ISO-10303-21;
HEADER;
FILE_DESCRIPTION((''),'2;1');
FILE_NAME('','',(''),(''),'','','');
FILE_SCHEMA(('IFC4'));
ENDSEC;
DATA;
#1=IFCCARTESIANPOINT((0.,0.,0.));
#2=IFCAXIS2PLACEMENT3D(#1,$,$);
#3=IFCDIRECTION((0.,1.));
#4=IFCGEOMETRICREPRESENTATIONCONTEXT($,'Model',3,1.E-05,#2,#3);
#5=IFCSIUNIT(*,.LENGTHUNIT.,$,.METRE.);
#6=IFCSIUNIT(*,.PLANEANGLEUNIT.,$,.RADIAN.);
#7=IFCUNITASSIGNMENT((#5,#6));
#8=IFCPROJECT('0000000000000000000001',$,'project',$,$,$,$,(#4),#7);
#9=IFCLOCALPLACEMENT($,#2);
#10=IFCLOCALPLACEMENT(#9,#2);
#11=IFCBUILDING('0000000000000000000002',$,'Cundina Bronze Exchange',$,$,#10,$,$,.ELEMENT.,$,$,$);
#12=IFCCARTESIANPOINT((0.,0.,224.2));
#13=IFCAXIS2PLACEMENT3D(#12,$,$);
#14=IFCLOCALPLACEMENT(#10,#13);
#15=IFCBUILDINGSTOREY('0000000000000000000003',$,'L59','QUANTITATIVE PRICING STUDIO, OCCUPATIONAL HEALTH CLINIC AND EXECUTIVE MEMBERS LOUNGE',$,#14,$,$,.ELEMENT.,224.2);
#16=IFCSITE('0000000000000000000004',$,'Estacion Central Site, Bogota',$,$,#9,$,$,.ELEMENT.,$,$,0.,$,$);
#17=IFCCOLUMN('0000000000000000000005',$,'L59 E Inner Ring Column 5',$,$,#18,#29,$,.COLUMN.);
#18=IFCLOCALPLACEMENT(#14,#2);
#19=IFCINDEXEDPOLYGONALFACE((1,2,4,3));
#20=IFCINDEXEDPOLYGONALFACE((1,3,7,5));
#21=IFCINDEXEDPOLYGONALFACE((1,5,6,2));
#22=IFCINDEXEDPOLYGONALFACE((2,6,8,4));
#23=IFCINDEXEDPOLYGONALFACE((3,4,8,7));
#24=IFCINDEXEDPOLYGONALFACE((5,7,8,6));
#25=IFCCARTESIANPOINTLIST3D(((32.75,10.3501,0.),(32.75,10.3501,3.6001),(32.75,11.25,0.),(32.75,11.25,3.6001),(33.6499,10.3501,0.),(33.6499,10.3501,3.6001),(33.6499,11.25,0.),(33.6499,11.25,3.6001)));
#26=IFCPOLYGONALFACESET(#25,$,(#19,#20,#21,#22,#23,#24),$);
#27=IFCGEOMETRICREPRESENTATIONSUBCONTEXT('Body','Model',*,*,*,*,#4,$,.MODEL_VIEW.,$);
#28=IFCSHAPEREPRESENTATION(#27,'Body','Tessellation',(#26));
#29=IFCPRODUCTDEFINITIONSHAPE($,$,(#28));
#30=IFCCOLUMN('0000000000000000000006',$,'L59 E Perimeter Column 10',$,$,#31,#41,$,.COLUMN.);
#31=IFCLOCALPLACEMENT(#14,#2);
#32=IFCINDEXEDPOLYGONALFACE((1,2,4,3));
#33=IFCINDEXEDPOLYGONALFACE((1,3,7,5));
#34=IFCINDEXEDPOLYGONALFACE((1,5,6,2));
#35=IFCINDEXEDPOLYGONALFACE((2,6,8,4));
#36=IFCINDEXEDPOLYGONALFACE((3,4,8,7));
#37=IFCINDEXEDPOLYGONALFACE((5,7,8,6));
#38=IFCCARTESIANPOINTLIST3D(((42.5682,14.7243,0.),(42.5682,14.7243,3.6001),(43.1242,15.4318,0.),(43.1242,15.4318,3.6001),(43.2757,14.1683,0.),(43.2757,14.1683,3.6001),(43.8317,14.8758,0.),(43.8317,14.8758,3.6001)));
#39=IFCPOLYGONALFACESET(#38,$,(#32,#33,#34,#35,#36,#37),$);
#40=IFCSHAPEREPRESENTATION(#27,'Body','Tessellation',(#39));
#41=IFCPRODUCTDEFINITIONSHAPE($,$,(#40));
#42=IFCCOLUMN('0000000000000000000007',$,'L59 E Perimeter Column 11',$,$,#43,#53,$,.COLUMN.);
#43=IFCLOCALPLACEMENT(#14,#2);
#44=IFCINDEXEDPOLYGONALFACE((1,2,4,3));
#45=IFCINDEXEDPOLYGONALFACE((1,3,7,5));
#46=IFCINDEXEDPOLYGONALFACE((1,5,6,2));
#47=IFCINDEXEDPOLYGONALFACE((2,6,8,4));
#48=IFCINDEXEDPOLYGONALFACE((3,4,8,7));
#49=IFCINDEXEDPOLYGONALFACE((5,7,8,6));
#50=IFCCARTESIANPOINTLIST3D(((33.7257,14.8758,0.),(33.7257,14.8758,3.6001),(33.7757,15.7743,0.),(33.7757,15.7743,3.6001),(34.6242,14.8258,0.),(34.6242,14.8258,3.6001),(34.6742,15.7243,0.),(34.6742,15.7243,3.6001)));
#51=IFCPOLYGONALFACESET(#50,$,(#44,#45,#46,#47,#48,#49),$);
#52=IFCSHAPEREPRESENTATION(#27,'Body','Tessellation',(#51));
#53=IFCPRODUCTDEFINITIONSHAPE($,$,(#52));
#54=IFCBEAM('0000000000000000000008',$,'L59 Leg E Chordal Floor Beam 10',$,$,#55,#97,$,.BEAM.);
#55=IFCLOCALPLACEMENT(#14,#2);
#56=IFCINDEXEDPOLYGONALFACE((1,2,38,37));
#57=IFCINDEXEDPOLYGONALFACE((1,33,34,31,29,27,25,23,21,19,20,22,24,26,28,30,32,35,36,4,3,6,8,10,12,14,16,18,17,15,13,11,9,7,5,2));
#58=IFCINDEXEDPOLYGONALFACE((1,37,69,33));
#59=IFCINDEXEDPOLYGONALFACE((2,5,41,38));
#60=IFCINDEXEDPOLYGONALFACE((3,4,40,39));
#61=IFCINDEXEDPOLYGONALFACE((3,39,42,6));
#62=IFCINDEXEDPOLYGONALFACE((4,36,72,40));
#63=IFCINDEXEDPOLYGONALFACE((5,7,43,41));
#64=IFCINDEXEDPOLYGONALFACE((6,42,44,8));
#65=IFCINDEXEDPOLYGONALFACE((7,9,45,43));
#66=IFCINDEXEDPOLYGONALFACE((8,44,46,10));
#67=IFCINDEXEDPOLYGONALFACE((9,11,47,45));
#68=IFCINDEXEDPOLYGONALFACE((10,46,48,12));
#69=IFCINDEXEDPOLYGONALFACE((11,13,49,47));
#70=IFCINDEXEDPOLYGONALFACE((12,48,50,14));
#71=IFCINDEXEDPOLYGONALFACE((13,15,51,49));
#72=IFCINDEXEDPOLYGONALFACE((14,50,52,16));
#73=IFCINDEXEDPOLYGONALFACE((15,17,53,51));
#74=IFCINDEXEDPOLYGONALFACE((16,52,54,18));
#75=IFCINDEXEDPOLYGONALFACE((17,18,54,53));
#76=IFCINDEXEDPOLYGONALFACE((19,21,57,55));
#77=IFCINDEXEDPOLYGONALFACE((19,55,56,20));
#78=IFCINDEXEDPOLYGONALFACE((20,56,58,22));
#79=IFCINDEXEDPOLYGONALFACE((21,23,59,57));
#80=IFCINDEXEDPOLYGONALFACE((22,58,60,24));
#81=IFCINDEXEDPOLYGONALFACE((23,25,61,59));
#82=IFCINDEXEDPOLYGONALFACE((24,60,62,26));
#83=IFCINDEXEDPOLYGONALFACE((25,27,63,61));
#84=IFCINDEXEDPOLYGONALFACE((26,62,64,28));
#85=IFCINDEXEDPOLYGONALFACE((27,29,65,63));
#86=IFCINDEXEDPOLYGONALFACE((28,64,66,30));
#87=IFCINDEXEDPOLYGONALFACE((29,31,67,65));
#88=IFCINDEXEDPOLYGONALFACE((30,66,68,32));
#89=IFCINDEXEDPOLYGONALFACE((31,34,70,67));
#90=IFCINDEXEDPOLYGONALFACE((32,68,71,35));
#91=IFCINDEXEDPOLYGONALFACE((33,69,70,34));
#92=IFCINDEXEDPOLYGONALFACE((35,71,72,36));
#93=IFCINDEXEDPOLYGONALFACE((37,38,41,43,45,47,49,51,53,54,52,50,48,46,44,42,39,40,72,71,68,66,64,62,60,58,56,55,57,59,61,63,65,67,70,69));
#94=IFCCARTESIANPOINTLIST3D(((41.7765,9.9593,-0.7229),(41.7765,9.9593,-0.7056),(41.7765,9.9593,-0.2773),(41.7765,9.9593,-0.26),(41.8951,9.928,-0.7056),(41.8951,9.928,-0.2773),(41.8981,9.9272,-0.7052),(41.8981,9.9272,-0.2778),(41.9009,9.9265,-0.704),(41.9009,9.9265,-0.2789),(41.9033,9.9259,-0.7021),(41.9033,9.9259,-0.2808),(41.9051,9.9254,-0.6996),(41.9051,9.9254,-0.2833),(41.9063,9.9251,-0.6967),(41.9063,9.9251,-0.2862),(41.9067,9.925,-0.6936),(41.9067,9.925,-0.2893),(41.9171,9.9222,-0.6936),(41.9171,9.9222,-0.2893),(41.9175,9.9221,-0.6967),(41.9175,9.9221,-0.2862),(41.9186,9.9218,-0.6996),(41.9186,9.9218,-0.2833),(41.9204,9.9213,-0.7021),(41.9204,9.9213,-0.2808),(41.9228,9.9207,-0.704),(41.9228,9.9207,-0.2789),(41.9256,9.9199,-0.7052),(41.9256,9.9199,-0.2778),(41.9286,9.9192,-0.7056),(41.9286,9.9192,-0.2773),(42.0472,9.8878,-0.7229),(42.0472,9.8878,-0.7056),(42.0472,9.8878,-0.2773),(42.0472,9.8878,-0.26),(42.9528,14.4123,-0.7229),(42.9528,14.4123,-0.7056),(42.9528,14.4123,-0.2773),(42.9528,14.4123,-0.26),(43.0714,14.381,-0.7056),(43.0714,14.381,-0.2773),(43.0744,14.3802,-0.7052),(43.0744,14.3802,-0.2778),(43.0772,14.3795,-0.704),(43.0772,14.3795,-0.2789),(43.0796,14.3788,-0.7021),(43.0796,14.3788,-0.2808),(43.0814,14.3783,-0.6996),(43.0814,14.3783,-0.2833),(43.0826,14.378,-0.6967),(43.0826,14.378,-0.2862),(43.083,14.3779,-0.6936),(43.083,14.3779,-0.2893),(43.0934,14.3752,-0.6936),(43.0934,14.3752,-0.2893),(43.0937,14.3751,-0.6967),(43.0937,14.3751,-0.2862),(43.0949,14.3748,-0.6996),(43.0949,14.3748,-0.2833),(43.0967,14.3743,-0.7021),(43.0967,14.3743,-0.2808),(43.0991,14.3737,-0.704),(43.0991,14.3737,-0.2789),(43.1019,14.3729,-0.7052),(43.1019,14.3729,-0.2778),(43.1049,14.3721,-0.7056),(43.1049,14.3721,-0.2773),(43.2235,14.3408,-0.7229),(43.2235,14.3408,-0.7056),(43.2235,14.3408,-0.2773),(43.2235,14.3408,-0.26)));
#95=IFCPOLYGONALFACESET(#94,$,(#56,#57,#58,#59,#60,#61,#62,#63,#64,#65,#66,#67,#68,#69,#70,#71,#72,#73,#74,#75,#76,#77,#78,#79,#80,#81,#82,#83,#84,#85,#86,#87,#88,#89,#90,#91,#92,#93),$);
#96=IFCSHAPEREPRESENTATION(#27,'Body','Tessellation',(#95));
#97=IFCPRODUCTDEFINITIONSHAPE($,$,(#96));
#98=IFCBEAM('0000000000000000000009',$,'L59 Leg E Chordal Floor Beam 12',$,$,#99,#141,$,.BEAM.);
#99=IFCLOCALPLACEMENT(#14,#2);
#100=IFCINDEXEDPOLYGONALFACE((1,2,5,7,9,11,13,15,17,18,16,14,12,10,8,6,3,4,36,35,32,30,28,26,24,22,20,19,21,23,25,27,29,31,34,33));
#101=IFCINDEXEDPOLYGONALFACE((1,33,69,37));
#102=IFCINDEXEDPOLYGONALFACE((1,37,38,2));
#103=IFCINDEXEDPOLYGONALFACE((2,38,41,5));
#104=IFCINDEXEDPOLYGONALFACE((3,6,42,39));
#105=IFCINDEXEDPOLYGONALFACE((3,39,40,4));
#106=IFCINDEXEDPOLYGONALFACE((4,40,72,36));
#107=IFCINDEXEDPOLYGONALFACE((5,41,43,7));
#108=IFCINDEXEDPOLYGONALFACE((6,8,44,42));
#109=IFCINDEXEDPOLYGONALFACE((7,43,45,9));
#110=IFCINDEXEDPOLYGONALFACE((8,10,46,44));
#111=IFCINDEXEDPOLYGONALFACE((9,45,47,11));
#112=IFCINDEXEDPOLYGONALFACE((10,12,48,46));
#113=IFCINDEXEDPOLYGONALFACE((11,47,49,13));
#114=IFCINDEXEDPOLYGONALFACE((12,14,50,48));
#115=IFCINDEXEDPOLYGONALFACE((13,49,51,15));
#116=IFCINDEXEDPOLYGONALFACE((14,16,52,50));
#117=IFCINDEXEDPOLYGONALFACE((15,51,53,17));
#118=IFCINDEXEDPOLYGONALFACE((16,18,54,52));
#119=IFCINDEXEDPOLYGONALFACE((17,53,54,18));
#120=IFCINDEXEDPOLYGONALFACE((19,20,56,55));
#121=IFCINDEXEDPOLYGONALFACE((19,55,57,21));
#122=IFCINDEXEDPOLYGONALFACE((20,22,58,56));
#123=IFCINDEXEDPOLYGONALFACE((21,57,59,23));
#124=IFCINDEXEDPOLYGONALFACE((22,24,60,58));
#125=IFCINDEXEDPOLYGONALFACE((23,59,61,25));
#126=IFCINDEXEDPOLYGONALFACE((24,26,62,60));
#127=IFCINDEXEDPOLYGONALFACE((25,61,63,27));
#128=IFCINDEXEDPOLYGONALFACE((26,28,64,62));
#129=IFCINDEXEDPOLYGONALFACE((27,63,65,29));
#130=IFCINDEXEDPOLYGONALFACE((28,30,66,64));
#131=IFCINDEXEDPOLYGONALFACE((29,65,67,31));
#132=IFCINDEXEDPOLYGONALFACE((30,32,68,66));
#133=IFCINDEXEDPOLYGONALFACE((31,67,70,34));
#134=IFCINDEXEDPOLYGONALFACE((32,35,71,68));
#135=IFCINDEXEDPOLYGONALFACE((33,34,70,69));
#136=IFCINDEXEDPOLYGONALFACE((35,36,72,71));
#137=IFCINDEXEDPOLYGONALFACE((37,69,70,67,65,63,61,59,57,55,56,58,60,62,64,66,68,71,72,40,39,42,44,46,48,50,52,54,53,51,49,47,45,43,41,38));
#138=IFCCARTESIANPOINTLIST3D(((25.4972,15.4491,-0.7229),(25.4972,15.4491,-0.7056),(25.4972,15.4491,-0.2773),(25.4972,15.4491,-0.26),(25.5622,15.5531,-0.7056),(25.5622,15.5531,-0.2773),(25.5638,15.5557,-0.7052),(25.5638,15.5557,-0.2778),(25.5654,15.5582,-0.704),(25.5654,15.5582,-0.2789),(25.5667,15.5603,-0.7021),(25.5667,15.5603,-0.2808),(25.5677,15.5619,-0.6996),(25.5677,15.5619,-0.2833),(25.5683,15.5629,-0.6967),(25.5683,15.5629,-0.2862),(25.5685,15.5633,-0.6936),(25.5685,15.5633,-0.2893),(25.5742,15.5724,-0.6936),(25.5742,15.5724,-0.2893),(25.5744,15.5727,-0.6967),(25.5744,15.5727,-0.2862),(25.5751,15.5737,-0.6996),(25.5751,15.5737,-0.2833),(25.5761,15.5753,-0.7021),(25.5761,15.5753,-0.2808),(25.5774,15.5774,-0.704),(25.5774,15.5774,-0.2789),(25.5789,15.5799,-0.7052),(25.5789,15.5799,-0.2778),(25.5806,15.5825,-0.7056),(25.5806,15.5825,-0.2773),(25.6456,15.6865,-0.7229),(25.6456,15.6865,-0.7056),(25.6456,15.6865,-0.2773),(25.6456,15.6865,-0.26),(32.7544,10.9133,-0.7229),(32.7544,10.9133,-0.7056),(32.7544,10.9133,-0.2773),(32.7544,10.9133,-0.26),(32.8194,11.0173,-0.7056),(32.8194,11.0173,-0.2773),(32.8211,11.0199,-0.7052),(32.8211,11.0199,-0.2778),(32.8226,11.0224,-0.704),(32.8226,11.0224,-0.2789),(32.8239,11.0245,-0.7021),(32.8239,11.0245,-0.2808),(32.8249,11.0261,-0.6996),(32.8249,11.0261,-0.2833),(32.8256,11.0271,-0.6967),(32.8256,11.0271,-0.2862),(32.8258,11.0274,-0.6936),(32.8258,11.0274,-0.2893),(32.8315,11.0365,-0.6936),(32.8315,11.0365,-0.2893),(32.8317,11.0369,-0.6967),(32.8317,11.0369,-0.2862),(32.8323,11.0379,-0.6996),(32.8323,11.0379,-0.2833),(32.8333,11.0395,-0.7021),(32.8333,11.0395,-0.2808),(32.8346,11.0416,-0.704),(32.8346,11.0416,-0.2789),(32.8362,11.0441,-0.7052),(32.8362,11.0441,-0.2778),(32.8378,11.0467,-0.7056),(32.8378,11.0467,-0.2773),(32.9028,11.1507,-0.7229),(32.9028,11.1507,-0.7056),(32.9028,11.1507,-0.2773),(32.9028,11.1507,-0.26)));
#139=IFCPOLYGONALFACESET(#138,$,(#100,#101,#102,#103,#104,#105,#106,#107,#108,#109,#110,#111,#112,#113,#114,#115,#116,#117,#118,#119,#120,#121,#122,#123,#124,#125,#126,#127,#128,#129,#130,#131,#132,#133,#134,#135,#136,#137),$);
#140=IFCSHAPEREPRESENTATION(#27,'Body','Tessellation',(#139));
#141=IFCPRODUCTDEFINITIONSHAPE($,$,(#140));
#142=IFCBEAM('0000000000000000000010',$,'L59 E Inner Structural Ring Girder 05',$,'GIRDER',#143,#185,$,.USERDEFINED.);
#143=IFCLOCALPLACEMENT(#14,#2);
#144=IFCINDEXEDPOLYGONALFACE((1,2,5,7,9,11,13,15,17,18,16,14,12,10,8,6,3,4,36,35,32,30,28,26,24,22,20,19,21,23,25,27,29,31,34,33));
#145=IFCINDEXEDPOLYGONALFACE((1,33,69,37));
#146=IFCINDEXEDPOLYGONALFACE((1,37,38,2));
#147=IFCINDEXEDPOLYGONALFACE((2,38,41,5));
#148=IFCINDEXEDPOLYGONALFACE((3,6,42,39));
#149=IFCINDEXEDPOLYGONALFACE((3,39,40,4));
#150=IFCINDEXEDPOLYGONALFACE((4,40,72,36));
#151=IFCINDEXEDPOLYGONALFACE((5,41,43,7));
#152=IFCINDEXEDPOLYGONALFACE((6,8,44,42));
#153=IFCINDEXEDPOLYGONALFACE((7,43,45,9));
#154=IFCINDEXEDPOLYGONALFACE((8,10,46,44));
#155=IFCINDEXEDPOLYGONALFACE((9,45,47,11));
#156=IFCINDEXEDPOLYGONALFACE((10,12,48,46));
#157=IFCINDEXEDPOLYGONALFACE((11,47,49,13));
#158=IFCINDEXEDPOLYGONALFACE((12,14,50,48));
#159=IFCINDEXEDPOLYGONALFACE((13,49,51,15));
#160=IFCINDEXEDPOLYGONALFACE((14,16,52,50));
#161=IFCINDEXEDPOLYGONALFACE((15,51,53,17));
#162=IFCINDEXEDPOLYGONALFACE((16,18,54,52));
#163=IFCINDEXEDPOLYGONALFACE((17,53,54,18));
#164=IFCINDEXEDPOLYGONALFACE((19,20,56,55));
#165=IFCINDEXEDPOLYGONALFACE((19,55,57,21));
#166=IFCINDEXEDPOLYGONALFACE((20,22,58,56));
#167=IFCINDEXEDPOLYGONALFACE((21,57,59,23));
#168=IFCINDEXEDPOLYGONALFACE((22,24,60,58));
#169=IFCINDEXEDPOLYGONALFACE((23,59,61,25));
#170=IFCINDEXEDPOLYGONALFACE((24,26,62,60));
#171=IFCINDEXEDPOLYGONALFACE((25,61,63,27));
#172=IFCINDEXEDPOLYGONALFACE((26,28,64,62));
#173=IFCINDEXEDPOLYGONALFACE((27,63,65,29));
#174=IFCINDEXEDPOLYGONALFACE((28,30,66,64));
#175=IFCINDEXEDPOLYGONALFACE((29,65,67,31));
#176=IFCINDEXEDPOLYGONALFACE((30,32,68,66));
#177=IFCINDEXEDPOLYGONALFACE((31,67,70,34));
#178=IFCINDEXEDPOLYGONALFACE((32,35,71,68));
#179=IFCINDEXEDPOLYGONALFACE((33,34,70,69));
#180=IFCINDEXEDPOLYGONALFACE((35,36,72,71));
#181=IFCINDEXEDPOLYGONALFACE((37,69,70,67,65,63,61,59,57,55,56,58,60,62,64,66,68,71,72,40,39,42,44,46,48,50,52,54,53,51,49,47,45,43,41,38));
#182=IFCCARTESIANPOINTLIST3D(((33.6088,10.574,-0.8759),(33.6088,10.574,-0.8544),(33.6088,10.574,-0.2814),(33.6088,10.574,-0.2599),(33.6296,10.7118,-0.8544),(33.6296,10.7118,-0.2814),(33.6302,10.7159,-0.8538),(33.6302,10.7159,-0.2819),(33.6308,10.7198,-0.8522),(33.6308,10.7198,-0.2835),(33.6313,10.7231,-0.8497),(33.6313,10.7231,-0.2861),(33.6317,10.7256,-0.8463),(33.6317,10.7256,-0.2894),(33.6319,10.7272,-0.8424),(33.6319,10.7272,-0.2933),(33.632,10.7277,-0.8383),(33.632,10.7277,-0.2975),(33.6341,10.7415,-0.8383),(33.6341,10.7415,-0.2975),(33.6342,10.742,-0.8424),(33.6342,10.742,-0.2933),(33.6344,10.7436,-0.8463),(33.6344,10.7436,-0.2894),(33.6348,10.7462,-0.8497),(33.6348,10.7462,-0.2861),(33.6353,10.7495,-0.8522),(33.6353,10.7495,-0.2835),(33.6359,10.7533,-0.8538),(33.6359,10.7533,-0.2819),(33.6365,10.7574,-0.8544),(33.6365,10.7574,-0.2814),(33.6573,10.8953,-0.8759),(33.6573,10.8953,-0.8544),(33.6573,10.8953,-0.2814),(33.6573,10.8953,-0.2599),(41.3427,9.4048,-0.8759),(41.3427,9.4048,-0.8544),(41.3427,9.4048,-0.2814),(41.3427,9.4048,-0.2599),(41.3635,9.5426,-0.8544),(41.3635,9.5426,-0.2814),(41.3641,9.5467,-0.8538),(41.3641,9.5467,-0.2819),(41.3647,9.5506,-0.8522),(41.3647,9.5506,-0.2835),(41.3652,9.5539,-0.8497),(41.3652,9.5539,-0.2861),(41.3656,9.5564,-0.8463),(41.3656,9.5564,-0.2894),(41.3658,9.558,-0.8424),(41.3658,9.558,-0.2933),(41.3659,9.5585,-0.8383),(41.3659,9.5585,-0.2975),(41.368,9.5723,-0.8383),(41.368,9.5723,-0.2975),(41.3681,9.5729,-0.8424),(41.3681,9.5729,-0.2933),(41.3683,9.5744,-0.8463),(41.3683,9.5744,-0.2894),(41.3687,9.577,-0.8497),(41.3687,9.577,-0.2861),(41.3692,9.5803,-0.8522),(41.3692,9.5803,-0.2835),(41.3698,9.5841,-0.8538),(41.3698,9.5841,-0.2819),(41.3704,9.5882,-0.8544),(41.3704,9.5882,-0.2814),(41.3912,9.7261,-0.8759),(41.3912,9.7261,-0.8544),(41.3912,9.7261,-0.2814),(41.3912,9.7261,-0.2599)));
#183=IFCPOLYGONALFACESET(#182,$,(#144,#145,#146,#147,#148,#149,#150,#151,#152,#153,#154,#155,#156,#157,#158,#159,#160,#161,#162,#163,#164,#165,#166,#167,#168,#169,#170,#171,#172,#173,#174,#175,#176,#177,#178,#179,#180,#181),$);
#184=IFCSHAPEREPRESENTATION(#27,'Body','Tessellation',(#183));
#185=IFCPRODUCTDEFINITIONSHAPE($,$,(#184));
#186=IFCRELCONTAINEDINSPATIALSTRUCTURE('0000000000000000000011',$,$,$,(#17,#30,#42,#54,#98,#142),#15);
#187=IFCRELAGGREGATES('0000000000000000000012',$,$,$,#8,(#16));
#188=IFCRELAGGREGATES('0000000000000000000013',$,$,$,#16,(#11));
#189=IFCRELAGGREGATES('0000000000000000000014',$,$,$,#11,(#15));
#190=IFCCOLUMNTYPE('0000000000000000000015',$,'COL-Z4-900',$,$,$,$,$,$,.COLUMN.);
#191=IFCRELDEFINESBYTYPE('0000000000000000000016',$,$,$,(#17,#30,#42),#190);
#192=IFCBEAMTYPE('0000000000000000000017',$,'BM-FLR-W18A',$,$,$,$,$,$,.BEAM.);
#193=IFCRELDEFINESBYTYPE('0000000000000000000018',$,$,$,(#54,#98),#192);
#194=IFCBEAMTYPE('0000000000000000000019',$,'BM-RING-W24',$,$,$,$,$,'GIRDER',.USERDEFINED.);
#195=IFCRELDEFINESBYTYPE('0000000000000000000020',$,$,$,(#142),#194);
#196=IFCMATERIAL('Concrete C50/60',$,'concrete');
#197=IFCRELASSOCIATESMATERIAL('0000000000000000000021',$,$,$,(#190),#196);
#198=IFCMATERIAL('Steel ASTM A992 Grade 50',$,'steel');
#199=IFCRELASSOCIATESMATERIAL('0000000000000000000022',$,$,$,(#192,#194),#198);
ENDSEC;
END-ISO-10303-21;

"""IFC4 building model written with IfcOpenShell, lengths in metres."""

from ifc_helpers import new_model, si_unit, direction, frame, origin, origin_2d, place, context, subcontext, project, spatial, rectangle, i_section, extrude, material, material_profile, profile_set, type_object, element, save


model = new_model("IFC4")

# Units and contexts
model_context = context("Model", 3, precision=1e-05, world=origin(), true_north=direction((0.0, 1.0)))
body_context = subcontext(model_context, "Body", "Model", "MODEL_VIEW")
ifc_project = project(units=[si_unit("LENGTHUNIT", "METRE"), si_unit("PLANEANGLEUNIT", "RADIAN")], contexts=[model_context])

# Site, building, storey
site_placement = place(None, origin())
site = spatial("IfcSite", under=ifc_project, at=site_placement, Name="Estacion Central Site, Bogota", CompositionType="ELEMENT", RefElevation=0.0)
building_placement = place(site_placement, origin())
building = spatial("IfcBuilding", under=site, at=building_placement, Name="Cundina Bronze Exchange", CompositionType="ELEMENT")
storey_placement = place(building_placement, frame((0.0, 0.0, 224.2)))
storey = spatial("IfcBuildingStorey", under=building, at=storey_placement, Name="L59", Description="QUANTITATIVE PRICING STUDIO, OCCUPATIONAL HEALTH CLINIC AND EXECUTIVE MEMBERS LOUNGE", CompositionType="ELEMENT", Elevation=224.2)

# Columns
ifc_material_1 = material(Name="Concrete C50/60", Category="concrete")
ifc_material_profile_1 = material_profile(ifc_material_1, rectangle(XDim=0.8999, YDim=0.8999, at=origin_2d()), Name="RC900X900", Category="concrete")
ifc_profile_set_1 = profile_set([ifc_material_profile_1], Name="Concrete C50/60")
column_type = type_object("IfcColumnType", Name="COL-Z4-900", PredefinedType="COLUMN", material=ifc_profile_set_1)
for number, where, z_axis, x_axis, name in (
    (1, (33.2, 10.8, 0.0), (0.0, 0.0, 1.0), (1.0, 0.0, 0.0), "L59 E Inner Ring Column 5"),
    (2, (43.2, 14.8, 0.0), (0.0, 0.0, 1.0), (-0.786288, 0.61786, 0.0), "L59 E Perimeter Column 10"),
    (3, (34.2, 15.3, 0.0), (0.0, 0.0, 1.0), (-0.99846, 0.055473, 0.0), "L59 E Perimeter Column 11"),
):
    element("IfcColumn", number, at=place(storey_placement, frame(where, z_axis=z_axis, x_axis=x_axis)), inside=storey, type_object=column_type, Name=name, PredefinedType="COLUMN", context=body_context, shape_type="SweptSolid", body=[
        extrude(rectangle(XDim=0.8999, YDim=0.8999, at=origin_2d()), origin(), (0.0, 0.0, 1.0), 3.6001),
    ])

# Beams
ifc_material_2 = material(Name="Steel ASTM A992 Grade 50", Category="steel")
ifc_material_profile_2 = material_profile(ifc_material_2, i_section(OverallWidth=0.28, OverallDepth=0.4629, WebThickness=0.0107, FlangeThickness=0.0173, FilletRadius=0.012, at=origin_2d()), Name="W18X76", Category="steel")
ifc_profile_set_2 = profile_set([ifc_material_profile_2], Name="Steel ASTM A992 Grade 50")
beam_type_1 = type_object("IfcBeamType", Name="BM-FLR-W18A", PredefinedType="BEAM", material=ifc_profile_set_2)
beam_1_placement = place(storey_placement, frame((41.9119, 9.9236, -0.4915), z_axis=(0.255399, 0.966836, 0.0), x_axis=(-0.966836, 0.255399, 0.0)))
element("IfcBeam", 4, at=beam_1_placement, inside=storey, type_object=beam_type_1, Name="L59 Leg E Chordal Floor Beam 10", PredefinedType="BEAM", context=body_context, shape_type="SweptSolid", body=[
    extrude(i_section(OverallWidth=0.28, OverallDepth=0.4629, WebThickness=0.0107, FlangeThickness=0.0173, FilletRadius=0.012, at=origin_2d()), origin(), (0.0, 0.0, 1.0), 4.6057),
])
beam_2_placement = place(storey_placement, frame((32.8286, 11.032, -0.4915), z_axis=(-0.847995, 0.530004, 0.0), x_axis=(-0.530004, -0.847995, 0.0)))
element("IfcBeam", 5, at=beam_2_placement, inside=storey, type_object=beam_type_1, Name="L59 Leg E Chordal Floor Beam 12", PredefinedType="BEAM", context=body_context, shape_type="SweptSolid", body=[
    extrude(i_section(OverallWidth=0.28, OverallDepth=0.4629, WebThickness=0.0107, FlangeThickness=0.0173, FilletRadius=0.012, at=origin_2d()), origin(), (0.0, 0.0, 1.0), 8.5581),
])
ifc_material_profile_3 = material_profile(ifc_material_2, i_section(OverallWidth=0.325, OverallDepth=0.616, WebThickness=0.0139, FlangeThickness=0.0215, FilletRadius=0.0161, at=origin_2d()), Name="W24X117", Category="steel")
ifc_profile_set_3 = profile_set([ifc_material_profile_3], Name="Steel ASTM A992 Grade 50")
beam_type_2 = type_object("IfcBeamType", Name="BM-RING-W24", ElementType="GIRDER", PredefinedType="USERDEFINED", material=ifc_profile_set_3)
beam_3_placement = place(storey_placement, frame((41.3669, 9.5654, -0.5679), z_axis=(-0.988765, 0.149479, 0.0), x_axis=(-0.149479, -0.988765, 0.0)))
element("IfcBeam", 6, at=beam_3_placement, inside=storey, type_object=beam_type_2, Name="L59 E Inner Structural Ring Girder 05", ObjectType="GIRDER", PredefinedType="USERDEFINED", context=body_context, shape_type="SweptSolid", body=[
    extrude(i_section(OverallWidth=0.325, OverallDepth=0.616, WebThickness=0.0139, FlangeThickness=0.0215, FilletRadius=0.0161, at=origin_2d()), origin(), (0.0, 0.0, 1.0), 7.8218),
])

save(model, "model.ifc")
